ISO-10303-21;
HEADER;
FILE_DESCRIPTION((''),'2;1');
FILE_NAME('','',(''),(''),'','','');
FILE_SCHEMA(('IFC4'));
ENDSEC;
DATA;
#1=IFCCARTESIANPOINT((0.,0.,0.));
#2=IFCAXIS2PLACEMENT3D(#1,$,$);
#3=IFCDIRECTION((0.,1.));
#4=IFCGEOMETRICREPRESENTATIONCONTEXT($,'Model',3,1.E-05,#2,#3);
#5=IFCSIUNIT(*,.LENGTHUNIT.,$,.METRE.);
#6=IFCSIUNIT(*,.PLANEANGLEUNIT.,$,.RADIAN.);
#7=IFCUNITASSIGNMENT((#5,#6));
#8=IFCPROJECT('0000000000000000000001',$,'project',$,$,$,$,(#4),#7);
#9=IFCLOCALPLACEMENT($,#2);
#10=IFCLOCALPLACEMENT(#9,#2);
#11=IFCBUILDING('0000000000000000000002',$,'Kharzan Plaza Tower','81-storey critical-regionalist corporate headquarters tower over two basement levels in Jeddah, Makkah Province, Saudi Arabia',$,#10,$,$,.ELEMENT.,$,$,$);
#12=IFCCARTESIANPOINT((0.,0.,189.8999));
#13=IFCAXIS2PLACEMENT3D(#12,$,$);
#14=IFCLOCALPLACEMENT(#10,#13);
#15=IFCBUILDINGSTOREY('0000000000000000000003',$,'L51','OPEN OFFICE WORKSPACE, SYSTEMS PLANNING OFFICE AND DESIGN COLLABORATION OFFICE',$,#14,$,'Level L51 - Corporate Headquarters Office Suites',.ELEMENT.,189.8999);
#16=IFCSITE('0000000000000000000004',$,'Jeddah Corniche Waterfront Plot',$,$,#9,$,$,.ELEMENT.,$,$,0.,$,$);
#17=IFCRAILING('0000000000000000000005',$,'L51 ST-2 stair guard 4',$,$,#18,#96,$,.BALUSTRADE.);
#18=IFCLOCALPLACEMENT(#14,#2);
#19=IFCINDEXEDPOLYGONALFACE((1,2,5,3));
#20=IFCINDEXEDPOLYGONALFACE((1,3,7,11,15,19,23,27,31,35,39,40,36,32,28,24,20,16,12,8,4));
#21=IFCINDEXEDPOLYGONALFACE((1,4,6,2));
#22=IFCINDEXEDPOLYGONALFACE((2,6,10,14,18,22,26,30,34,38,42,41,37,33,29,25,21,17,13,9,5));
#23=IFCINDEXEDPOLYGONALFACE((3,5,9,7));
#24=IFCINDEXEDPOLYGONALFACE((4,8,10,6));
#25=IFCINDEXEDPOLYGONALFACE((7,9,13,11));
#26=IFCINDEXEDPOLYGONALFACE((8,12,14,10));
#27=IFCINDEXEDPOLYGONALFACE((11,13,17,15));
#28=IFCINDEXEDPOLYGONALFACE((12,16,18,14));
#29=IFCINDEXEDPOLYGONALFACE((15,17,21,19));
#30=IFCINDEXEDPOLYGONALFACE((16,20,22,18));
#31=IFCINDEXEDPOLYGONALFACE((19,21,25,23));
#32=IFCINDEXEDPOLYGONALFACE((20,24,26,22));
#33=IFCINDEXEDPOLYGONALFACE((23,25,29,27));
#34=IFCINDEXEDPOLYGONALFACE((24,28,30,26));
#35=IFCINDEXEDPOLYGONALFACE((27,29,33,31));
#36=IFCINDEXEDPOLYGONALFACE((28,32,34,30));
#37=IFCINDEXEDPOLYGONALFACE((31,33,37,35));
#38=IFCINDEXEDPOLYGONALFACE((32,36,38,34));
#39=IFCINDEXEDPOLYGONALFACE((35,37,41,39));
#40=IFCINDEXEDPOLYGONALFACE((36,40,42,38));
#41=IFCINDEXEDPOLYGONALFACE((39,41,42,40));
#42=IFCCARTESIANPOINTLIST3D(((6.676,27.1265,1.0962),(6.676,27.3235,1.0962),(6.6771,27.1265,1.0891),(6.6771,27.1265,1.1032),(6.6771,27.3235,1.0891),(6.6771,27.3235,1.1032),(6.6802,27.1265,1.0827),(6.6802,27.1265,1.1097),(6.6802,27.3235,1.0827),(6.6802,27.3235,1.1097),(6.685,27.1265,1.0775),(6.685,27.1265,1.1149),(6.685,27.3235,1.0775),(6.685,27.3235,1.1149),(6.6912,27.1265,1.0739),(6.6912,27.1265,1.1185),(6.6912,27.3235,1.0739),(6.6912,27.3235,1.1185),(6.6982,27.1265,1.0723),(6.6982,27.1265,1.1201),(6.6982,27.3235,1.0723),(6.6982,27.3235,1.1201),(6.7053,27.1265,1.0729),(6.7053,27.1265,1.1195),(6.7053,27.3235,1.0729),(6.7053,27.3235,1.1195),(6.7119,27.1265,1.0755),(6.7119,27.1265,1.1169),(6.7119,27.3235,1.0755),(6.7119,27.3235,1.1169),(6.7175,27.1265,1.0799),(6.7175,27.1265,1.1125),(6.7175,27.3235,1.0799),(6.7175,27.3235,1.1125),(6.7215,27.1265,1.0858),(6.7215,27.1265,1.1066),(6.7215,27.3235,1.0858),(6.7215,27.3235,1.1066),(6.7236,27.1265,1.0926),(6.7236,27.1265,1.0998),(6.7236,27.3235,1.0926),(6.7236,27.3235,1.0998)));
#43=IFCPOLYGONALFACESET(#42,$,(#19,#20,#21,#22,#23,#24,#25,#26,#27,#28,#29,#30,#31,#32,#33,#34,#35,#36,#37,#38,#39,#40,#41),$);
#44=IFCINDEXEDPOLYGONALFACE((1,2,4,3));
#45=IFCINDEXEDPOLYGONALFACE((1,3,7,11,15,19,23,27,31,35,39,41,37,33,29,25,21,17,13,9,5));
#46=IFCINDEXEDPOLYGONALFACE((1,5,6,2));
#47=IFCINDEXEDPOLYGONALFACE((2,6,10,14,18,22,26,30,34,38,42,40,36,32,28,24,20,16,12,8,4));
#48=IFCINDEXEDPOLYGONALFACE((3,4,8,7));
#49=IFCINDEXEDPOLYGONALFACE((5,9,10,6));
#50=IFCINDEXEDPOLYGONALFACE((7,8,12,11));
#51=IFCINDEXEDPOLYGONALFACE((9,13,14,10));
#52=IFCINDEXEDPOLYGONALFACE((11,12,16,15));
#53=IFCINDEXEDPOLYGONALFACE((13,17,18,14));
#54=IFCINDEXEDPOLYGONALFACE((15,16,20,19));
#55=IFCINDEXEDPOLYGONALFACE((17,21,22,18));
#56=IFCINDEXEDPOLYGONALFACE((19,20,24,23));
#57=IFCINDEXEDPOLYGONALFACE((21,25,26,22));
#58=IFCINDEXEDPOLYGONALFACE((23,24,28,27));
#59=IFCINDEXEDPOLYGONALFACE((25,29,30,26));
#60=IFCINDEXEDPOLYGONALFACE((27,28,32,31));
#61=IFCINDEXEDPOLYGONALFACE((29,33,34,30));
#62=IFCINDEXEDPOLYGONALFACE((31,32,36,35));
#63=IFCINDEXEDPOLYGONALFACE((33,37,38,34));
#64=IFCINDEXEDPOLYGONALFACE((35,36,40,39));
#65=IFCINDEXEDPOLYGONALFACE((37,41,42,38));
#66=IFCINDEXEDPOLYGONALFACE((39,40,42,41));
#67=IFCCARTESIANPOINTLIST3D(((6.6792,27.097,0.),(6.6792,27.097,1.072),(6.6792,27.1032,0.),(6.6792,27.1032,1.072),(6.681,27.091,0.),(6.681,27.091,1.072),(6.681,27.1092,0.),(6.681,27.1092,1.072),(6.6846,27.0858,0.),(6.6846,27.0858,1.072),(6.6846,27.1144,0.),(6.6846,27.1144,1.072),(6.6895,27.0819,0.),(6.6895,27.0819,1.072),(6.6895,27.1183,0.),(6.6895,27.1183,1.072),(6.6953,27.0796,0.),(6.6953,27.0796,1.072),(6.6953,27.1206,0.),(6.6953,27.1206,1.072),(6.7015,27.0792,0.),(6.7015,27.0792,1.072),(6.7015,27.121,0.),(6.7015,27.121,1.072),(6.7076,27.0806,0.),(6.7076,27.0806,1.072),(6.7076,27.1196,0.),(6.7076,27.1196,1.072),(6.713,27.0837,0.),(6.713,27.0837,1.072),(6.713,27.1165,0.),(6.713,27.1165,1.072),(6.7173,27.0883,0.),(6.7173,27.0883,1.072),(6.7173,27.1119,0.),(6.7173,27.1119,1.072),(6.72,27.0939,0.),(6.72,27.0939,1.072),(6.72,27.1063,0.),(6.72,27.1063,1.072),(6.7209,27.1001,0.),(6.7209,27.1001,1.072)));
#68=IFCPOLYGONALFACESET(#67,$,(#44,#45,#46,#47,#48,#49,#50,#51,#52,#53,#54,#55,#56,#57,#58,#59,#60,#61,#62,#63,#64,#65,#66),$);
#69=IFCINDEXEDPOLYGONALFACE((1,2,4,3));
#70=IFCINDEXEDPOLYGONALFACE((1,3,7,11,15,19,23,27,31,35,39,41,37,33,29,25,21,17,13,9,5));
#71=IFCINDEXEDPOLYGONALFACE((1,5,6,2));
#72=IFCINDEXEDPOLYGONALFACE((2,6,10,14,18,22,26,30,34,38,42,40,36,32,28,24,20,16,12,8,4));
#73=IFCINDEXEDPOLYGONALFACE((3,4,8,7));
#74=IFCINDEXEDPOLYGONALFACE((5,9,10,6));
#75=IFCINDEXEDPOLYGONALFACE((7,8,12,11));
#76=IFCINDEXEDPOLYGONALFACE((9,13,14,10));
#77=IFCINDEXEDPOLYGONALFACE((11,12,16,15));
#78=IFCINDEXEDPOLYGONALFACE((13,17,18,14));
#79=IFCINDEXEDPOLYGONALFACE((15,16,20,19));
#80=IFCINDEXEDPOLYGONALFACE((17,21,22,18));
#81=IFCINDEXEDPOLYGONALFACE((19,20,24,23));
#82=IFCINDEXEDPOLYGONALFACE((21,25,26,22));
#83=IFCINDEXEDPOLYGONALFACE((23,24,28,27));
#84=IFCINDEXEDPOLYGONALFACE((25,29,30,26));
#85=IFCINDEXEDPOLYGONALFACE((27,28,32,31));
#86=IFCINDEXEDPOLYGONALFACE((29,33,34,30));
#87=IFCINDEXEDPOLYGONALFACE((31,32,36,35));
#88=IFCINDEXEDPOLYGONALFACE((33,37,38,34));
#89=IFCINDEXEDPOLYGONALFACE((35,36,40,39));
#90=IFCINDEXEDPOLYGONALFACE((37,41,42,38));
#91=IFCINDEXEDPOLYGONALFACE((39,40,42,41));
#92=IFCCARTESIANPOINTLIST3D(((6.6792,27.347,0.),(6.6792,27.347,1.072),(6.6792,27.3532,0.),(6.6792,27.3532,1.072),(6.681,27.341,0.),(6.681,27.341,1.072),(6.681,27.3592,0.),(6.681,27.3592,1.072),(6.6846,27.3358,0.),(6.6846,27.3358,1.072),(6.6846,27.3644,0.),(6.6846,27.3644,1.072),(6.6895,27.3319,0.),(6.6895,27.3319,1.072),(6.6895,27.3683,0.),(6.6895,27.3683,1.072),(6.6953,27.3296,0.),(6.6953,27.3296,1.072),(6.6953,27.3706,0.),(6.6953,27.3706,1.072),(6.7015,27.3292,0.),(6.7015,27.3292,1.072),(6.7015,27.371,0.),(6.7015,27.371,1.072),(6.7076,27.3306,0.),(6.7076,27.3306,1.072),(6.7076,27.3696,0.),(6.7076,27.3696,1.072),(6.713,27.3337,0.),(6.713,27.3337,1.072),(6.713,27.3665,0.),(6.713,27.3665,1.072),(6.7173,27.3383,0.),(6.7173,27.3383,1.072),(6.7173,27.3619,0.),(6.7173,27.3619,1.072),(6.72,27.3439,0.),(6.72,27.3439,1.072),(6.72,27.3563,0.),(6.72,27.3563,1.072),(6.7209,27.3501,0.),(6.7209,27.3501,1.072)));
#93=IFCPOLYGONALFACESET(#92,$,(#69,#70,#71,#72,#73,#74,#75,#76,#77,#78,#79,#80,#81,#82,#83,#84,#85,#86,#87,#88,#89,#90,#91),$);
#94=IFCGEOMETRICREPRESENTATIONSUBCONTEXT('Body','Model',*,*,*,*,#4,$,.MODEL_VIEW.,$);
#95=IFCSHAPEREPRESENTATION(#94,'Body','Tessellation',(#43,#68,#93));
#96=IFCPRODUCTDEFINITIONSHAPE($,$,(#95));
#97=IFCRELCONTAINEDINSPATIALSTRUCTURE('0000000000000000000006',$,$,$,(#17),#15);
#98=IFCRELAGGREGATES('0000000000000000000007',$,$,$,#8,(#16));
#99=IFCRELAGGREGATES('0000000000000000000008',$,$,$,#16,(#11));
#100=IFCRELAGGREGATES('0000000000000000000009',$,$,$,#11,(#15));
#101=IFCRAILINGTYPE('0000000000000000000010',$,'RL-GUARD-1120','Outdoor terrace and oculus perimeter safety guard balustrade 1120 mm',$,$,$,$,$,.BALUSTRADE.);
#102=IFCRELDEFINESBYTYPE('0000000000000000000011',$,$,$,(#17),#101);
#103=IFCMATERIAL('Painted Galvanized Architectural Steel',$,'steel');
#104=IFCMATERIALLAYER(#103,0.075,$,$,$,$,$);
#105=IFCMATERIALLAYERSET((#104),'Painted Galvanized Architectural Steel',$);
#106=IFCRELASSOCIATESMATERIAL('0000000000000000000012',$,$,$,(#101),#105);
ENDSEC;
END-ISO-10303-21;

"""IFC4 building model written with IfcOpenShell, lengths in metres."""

from ifc_helpers import new_model, si_unit, direction, frame, origin, origin_2d, place, context, subcontext, project, spatial, circle, extrude, source, transform, mapped, material, layer, layer_set, type_object, element, save


model = new_model("IFC4")

# Units and contexts
model_context = context("Model", 3, precision=1e-05, world=origin(), true_north=direction((0.0, 1.0)))
body_context = subcontext(model_context, "Body", "Model", "MODEL_VIEW")
ifc_project = project(units=[si_unit("LENGTHUNIT", "METRE"), si_unit("PLANEANGLEUNIT", "RADIAN")], contexts=[model_context])

# Site, building, storey
site_placement = place(None, origin())
site = spatial("IfcSite", under=ifc_project, at=site_placement, Name="Jeddah Corniche Waterfront Plot", CompositionType="ELEMENT", RefElevation=0.0)
building_placement = place(site_placement, origin())
building = spatial("IfcBuilding", under=site, at=building_placement, Name="Kharzan Plaza Tower", Description="81-storey critical-regionalist corporate headquarters tower over two basement levels in Jeddah, Makkah Province, Saudi Arabia", CompositionType="ELEMENT")
storey_placement = place(building_placement, frame((0.0, 0.0, 189.8999)))
storey = spatial("IfcBuildingStorey", under=building, at=storey_placement, Name="L51", Description="OPEN OFFICE WORKSPACE, SYSTEMS PLANNING OFFICE AND DESIGN COLLABORATION OFFICE", LongName="Level L51 - Corporate Headquarters Office Suites", CompositionType="ELEMENT", Elevation=189.8999)

# Railing
ifc_material_1 = material(Name="Painted Galvanized Architectural Steel", Category="steel")
ifc_layer_1 = layer(ifc_material_1, 0.075)
ifc_layer_set_1 = layer_set([ifc_layer_1], Name="Painted Galvanized Architectural Steel")
railing_type_1 = type_object("IfcRailingType", Name="RL-GUARD-1120", Description="Outdoor terrace and oculus perimeter safety guard balustrade 1120 mm", PredefinedType="BALUSTRADE", material=ifc_layer_set_1)
shared_shape_1 = source(origin(), body_context, "Body", "SweptSolid", [
    extrude(circle(Radius=0.0239, at=origin_2d()), frame((0.0, 0.0264, 1.0962), z_axis=(0.0, 1.0, 0.0), x_axis=(-1.0, 0.0, 0.0)), (0.0, 0.0, 1.0), 0.197),
    extrude(circle(Radius=0.021, at=origin_2d()), origin(), (0.0, 0.0, 1.0), 1.072),
    extrude(circle(Radius=0.021, at=origin_2d()), frame((0.0, 0.25, 0.0)), (0.0, 0.0, 1.0), 1.072),
])
railing_1_placement = place(storey_placement, frame((6.7, 27.1001, 0.0)))
element("IfcRailing", 1, at=railing_1_placement, inside=storey, type_object=railing_type_1, Name="L51 ST-2 stair guard 4", PredefinedType="BALUSTRADE", context=body_context, shape_type="MappedRepresentation", body=[
    mapped(shared_shape_1, transform((0.0, 0.0, 0.0), x_axis=(1.0, 0.0, 0.0), y_axis=(0.0, 1.0, 0.0), z_axis=(0.0, 0.0, 1.0))),
])

save(model, "model.ifc")
